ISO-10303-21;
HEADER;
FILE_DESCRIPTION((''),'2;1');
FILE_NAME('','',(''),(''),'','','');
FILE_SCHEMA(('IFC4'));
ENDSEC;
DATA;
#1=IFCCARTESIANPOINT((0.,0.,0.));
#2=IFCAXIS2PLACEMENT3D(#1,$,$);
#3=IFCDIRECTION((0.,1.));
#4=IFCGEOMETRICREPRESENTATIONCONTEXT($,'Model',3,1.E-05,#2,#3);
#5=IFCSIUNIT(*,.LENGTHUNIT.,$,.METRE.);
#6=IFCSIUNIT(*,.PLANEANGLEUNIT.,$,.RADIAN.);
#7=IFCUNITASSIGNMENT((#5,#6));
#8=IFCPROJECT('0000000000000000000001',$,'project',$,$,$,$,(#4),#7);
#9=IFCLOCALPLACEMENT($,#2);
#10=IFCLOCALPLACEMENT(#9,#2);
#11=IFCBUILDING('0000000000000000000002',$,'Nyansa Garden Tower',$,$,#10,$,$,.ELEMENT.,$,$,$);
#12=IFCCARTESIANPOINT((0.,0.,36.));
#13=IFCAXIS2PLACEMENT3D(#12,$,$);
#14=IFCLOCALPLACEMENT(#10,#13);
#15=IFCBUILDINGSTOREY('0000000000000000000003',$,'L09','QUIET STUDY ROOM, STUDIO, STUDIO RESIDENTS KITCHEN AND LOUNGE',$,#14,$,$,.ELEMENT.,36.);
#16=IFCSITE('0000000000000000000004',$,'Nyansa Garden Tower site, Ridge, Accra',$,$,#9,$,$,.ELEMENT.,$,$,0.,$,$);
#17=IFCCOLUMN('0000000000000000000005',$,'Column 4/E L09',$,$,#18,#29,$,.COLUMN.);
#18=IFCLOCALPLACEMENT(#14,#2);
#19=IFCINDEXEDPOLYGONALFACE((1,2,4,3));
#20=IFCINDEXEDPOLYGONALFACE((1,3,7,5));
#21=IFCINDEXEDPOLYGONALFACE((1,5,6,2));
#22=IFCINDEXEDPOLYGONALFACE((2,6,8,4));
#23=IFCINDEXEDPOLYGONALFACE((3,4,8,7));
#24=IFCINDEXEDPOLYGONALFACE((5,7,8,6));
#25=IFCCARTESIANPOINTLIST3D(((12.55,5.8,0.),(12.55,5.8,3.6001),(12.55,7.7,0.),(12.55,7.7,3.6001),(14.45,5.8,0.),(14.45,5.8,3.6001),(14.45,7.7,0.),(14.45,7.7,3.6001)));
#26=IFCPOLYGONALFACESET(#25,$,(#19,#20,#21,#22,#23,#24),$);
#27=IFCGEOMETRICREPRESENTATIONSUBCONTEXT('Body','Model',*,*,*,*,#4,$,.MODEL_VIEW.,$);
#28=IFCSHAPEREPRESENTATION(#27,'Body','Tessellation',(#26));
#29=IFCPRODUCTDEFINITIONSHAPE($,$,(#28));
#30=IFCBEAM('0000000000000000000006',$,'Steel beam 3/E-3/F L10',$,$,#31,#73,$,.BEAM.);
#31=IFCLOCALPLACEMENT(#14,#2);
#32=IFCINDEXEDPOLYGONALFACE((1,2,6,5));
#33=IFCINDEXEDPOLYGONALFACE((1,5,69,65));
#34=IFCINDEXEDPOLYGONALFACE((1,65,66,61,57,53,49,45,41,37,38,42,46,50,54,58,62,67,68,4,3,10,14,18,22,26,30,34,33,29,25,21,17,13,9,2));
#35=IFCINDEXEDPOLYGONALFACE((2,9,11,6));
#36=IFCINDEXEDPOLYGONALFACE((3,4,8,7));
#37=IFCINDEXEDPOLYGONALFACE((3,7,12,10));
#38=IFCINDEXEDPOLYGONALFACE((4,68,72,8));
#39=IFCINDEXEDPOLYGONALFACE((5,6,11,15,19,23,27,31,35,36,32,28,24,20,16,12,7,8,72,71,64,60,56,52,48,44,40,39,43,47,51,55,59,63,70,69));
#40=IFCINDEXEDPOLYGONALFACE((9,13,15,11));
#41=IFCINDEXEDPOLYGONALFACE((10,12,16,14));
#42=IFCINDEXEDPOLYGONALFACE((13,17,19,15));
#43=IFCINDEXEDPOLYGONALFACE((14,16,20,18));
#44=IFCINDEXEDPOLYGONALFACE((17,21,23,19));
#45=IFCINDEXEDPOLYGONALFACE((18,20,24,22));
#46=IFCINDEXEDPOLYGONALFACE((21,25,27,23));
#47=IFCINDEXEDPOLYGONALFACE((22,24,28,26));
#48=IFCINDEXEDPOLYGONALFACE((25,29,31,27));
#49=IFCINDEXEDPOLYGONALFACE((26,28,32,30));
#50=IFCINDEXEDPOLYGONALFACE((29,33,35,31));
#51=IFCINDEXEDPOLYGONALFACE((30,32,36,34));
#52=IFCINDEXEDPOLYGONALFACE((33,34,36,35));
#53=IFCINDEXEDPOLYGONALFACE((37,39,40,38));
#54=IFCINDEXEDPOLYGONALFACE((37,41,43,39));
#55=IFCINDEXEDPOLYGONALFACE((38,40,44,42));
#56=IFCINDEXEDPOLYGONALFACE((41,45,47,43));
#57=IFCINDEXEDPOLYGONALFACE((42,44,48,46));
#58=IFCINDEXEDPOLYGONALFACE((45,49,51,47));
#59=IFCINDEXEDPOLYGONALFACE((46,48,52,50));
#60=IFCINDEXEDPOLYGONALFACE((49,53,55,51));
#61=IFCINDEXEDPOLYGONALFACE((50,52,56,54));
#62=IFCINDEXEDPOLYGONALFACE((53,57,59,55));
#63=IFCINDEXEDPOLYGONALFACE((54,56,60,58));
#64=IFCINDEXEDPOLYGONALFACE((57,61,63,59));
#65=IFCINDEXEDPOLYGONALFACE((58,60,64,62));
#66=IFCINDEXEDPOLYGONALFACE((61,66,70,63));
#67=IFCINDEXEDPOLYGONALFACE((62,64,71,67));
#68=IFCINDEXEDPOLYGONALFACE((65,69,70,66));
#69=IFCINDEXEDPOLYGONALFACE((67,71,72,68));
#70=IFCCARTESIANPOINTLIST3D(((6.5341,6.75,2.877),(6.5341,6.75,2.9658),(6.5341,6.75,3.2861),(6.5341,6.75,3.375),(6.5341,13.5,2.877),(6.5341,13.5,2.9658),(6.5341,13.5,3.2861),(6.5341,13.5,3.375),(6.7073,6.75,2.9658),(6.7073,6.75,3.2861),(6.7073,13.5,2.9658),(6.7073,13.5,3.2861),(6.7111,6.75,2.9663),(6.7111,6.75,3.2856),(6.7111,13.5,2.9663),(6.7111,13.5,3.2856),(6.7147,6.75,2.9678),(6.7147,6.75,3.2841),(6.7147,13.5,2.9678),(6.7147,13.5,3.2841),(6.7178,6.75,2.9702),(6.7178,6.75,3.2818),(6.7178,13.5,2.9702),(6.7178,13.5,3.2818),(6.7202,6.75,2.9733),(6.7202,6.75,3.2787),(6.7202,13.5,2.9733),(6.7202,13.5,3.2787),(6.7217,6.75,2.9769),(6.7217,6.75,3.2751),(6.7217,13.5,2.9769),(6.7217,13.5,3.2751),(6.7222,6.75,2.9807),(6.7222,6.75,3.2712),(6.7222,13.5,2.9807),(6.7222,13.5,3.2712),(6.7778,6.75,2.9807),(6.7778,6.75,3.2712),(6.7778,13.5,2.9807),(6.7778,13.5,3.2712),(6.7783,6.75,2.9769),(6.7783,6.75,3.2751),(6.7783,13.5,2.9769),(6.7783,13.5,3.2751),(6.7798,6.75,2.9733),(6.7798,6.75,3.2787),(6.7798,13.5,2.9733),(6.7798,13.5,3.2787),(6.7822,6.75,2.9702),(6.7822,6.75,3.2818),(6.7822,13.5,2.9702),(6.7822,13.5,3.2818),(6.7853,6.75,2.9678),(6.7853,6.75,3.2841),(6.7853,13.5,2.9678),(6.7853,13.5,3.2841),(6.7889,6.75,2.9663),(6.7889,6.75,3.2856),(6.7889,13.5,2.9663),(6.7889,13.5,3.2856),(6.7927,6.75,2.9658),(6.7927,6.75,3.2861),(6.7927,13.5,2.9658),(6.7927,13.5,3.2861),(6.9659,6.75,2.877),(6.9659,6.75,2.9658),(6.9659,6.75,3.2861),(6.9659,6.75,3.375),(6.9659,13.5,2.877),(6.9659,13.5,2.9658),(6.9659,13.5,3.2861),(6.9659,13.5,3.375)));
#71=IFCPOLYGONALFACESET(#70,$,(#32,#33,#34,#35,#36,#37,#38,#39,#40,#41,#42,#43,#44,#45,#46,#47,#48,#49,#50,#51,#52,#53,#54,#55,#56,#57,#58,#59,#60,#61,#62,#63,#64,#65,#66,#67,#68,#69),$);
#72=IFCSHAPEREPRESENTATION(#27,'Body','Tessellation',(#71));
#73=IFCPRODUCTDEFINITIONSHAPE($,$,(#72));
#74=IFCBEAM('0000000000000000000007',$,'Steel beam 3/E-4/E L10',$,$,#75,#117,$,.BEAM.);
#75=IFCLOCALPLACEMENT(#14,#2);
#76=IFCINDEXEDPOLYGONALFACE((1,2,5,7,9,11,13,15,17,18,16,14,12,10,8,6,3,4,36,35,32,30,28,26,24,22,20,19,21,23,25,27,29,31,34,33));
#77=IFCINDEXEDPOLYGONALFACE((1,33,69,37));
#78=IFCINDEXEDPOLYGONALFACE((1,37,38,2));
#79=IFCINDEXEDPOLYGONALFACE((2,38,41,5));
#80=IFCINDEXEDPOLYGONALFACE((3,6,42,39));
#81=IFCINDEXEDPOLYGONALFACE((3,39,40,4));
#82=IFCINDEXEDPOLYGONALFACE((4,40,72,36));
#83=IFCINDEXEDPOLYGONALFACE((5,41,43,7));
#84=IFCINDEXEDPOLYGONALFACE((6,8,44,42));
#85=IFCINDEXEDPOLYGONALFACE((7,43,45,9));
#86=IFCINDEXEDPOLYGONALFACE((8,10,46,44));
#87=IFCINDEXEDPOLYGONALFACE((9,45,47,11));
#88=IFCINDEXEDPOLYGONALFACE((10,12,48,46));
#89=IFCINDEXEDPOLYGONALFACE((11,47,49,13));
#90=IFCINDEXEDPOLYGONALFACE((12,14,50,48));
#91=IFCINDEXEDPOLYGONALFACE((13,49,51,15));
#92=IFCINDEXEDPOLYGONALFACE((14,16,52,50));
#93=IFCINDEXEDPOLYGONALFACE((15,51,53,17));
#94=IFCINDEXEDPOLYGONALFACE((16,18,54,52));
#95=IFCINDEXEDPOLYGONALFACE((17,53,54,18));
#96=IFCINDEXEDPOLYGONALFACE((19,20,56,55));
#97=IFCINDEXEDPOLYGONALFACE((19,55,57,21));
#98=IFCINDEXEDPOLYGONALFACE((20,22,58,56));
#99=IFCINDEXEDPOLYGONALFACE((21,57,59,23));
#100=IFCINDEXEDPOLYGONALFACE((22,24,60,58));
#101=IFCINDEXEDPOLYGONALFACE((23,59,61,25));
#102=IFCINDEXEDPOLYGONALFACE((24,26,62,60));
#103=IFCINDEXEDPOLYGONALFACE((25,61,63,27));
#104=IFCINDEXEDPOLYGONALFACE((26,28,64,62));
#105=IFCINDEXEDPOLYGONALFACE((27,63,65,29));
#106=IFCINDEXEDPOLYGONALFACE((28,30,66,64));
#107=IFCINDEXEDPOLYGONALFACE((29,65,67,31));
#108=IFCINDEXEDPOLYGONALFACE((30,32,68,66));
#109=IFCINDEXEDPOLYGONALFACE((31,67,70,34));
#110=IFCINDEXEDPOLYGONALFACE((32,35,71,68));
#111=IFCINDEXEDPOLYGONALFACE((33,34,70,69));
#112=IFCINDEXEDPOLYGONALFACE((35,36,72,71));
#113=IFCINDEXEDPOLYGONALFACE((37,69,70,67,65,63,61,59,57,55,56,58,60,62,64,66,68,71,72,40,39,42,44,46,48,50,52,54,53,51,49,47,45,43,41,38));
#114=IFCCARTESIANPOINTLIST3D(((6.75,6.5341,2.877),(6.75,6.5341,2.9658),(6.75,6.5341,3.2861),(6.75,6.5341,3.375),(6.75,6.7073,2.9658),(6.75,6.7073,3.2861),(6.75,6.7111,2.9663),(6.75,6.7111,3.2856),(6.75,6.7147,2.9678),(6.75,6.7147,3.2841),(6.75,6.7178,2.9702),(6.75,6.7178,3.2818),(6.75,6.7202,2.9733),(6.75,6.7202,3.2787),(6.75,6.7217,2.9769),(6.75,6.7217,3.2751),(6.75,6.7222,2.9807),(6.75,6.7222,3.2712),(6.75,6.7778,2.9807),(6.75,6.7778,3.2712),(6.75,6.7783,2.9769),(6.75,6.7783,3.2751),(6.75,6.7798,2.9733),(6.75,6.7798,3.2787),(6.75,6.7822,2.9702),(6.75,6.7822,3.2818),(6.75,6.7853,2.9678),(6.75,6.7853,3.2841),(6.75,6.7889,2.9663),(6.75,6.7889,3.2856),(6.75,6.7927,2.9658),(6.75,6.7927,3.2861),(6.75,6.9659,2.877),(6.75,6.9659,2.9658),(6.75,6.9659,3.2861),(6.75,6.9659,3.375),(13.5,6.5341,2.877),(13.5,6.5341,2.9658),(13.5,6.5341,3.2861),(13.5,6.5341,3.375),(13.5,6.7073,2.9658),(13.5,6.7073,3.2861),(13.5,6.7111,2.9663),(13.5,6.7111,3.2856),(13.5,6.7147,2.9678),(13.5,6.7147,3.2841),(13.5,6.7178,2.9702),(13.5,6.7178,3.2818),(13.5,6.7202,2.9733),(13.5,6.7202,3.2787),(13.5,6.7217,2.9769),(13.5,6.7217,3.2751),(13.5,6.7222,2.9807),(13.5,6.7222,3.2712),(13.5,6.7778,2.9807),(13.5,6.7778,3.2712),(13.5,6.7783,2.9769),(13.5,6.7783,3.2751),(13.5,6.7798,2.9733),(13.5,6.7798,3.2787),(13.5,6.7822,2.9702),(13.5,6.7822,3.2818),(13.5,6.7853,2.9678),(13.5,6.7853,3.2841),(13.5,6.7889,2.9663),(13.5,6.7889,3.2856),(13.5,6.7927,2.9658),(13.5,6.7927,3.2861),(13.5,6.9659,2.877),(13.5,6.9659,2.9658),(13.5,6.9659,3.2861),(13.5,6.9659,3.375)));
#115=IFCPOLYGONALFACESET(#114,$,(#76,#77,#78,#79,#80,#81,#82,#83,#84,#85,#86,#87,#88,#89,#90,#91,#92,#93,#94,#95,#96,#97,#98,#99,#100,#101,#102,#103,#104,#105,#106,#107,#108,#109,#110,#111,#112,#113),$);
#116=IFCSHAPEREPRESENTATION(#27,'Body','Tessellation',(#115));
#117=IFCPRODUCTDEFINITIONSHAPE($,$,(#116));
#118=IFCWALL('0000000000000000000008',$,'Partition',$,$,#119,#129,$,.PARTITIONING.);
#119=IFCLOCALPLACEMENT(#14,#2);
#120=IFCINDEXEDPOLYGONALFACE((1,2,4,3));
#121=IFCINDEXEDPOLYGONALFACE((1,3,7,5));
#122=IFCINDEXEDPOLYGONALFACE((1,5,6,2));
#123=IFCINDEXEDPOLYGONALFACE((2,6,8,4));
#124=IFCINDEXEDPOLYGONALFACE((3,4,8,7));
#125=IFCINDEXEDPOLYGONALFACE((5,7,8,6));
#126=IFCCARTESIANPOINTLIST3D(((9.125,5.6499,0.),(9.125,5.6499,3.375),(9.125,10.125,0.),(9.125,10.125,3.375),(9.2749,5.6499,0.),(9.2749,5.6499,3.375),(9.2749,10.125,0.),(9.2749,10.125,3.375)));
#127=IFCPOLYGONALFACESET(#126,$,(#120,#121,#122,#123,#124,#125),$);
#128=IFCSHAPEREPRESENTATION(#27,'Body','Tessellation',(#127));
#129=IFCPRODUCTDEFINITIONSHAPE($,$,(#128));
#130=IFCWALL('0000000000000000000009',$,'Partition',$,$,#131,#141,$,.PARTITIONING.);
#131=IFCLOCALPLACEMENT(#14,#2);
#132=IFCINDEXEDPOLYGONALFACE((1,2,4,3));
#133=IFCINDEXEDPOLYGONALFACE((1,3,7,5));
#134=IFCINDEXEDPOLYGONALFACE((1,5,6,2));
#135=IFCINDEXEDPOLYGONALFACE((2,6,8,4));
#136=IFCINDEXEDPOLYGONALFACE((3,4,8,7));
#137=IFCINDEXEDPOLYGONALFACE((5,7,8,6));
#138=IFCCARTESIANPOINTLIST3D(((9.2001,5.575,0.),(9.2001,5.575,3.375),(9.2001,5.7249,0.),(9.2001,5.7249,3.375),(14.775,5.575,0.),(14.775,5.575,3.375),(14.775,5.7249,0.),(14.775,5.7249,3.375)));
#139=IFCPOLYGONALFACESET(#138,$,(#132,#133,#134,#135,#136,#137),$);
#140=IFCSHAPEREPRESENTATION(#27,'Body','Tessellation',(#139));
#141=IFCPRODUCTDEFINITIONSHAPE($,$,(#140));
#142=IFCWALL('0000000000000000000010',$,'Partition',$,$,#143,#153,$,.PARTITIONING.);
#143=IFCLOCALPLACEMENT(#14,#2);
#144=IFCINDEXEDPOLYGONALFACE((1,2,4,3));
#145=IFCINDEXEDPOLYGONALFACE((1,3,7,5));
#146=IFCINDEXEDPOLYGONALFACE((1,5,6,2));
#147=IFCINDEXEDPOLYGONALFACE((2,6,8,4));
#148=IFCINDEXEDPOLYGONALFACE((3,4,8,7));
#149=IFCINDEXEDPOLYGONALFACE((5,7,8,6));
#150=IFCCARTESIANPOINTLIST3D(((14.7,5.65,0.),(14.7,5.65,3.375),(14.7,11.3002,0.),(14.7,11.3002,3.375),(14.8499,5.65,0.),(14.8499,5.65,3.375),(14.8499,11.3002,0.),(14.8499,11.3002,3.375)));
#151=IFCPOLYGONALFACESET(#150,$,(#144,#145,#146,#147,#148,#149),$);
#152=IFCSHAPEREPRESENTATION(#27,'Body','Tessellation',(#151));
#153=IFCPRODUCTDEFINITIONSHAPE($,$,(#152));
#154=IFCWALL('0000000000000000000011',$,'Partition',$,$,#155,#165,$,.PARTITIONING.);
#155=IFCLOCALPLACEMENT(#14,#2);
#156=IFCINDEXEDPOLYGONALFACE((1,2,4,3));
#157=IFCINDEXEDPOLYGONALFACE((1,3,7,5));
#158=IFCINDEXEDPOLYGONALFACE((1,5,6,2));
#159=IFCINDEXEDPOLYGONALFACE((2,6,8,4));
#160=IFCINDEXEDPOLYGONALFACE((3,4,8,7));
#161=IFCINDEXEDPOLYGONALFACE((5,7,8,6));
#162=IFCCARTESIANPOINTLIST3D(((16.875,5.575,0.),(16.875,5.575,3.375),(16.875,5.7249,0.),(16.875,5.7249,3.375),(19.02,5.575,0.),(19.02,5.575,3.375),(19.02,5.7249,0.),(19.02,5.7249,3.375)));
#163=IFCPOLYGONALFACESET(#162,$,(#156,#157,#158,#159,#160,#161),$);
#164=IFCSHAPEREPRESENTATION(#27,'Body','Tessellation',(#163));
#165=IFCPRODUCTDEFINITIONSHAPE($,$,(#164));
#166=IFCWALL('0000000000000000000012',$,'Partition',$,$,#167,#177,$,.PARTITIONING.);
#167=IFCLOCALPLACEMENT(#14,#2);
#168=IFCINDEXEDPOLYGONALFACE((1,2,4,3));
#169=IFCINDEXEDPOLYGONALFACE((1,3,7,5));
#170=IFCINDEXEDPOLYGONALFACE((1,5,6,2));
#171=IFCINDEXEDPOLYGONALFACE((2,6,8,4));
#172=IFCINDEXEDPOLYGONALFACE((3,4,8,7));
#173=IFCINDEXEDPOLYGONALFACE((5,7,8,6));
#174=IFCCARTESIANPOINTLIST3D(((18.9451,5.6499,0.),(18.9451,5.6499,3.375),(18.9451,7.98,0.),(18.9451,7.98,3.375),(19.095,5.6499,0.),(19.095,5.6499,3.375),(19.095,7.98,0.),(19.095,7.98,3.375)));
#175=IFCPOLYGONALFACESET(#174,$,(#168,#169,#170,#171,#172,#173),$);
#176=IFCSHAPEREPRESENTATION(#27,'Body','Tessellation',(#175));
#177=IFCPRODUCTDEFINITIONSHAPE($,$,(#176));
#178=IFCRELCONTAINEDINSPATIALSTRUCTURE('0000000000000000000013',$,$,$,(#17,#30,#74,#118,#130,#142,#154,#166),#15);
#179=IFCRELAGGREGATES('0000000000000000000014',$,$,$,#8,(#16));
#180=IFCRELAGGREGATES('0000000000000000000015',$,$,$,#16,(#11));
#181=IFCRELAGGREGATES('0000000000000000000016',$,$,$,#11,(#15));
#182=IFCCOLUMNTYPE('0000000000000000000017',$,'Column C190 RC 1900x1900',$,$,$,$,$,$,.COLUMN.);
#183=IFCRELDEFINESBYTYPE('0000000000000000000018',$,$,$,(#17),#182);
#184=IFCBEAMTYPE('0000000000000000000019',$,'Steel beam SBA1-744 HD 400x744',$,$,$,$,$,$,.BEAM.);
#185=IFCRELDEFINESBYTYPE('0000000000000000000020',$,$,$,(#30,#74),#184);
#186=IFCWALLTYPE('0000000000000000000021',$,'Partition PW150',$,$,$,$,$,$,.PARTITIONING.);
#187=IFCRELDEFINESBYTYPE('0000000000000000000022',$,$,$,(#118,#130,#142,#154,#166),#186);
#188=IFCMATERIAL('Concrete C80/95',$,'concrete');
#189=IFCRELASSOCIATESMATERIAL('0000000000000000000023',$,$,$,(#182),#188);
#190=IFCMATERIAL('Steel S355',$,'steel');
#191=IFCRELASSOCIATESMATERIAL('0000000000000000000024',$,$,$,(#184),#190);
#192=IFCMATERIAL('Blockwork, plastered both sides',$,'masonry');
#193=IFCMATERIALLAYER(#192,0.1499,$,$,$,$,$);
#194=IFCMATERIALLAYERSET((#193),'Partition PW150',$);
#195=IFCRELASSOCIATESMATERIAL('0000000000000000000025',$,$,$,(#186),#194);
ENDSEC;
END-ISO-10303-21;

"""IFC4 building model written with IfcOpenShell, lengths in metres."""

from ifc_helpers import new_model, si_unit, direction, frame, frame_2d, origin, origin_2d, place, context, subcontext, project, spatial, rectangle, i_section, extrude, material, layer, layer_set, material_profile, profile_set, type_object, element, save


model = new_model("IFC4")

# Units and contexts
model_context = context("Model", 3, precision=1e-05, world=origin(), true_north=direction((0.0, 1.0)))
body_context = subcontext(model_context, "Body", "Model", "MODEL_VIEW")
ifc_project = project(units=[si_unit("LENGTHUNIT", "METRE"), si_unit("PLANEANGLEUNIT", "RADIAN")], contexts=[model_context])

# Site, building, storey
site_placement = place(None, origin())
site = spatial("IfcSite", under=ifc_project, at=site_placement, Name="Nyansa Garden Tower site, Ridge, Accra", CompositionType="ELEMENT", RefElevation=0.0)
building_placement = place(site_placement, origin())
building = spatial("IfcBuilding", under=site, at=building_placement, Name="Nyansa Garden Tower", CompositionType="ELEMENT")
storey_placement = place(building_placement, frame((0.0, 0.0, 36.0)))
storey = spatial("IfcBuildingStorey", under=building, at=storey_placement, Name="L09", Description="QUIET STUDY ROOM, STUDIO, STUDIO RESIDENTS KITCHEN AND LOUNGE", CompositionType="ELEMENT", Elevation=36.0)

# Column
ifc_material_1 = material(Name="Concrete C80/95", Category="concrete")
ifc_material_profile_1 = material_profile(ifc_material_1, rectangle(XDim=1.8999, YDim=1.8999, at=origin_2d()), Name="RC 1900x1900")
ifc_profile_set_1 = profile_set([ifc_material_profile_1], Name="Concrete C80/95")
column_type = type_object("IfcColumnType", Name="Column C190 RC 1900x1900", PredefinedType="COLUMN", material=ifc_profile_set_1)
column_placement = place(storey_placement, frame((13.5, 6.75, 0.0), z_axis=(0.0, 0.0, 1.0), x_axis=(1.0, 0.0, 0.0)))
element("IfcColumn", 1, at=column_placement, inside=storey, type_object=column_type, Name="Column 4/E L09", PredefinedType="COLUMN", context=body_context, shape_type="SweptSolid", body=[
    extrude(rectangle(XDim=1.8999, YDim=1.8999, at=origin_2d()), origin(), (0.0, 0.0, 1.0), 3.6001),
])

# Beams
ifc_material_2 = material(Name="Steel S355", Category="steel")
ifc_material_profile_2 = material_profile(ifc_material_2, i_section(OverallWidth=0.4319, OverallDepth=0.498, WebThickness=0.0557, FlangeThickness=0.0889, FilletRadius=0.0149, at=origin_2d()), Name="HD 400x744")
ifc_profile_set_2 = profile_set([ifc_material_profile_2], Name="Steel S355")
beam_type = type_object("IfcBeamType", Name="Steel beam SBA1-744 HD 400x744", PredefinedType="BEAM", material=ifc_profile_set_2)
for number, where, z_axis, x_axis, name in (
    (2, (6.75, 6.75, 3.126), (0.0, 1.0, 0.0), (-1.0, 0.0, 0.0), "Steel beam 3/E-3/F L10"),
    (3, (6.75, 6.75, 3.126), (1.0, 0.0, 0.0), (0.0, 1.0, 0.0), "Steel beam 3/E-4/E L10"),
):
    element("IfcBeam", number, at=place(storey_placement, frame(where, z_axis=z_axis, x_axis=x_axis)), inside=storey, type_object=beam_type, Name=name, PredefinedType="BEAM", context=body_context, shape_type="SweptSolid", body=[
        extrude(i_section(OverallWidth=0.4319, OverallDepth=0.498, WebThickness=0.0557, FlangeThickness=0.0889, FilletRadius=0.0149, at=origin_2d()), origin(), (0.0, 0.0, 1.0), 6.75),
    ])

# Walls
ifc_material_3 = material(Name="Blockwork, plastered both sides", Category="masonry")
ifc_layer_1 = layer(ifc_material_3, 0.1499)
ifc_layer_set_1 = layer_set([ifc_layer_1], Name="Partition PW150")
wall_type_1 = type_object("IfcWallType", Name="Partition PW150", PredefinedType="PARTITIONING", material=ifc_layer_set_1)
wall_1_placement = place(storey_placement, frame((9.2, 5.6499, 0.0), z_axis=(0.0, 0.0, 1.0), x_axis=(0.0, 1.0, 0.0)))
element("IfcWall", 4, at=wall_1_placement, inside=storey, type_object=wall_type_1, Name="Partition", PredefinedType="PARTITIONING", context=body_context, shape_type="SweptSolid", body=[
    extrude(rectangle(XDim=4.4751, YDim=0.1499, at=frame_2d((2.2375, 0.0))), origin(), (0.0, 0.0, 1.0), 3.375),
])
wall_2_placement = place(storey_placement, frame((9.2, 5.6499, 0.0), z_axis=(0.0, 0.0, 1.0), x_axis=(1.0, 0.0, 0.0)))
element("IfcWall", 5, at=wall_2_placement, inside=storey, type_object=wall_type_1, Name="Partition", PredefinedType="PARTITIONING", context=body_context, shape_type="SweptSolid", body=[
    extrude(rectangle(XDim=5.575, YDim=0.1499, at=frame_2d((2.7876, 0.0))), origin(), (0.0, 0.0, 1.0), 3.375),
])
wall_3_placement = place(storey_placement, frame((14.7749, 5.6499, 0.0), z_axis=(0.0, 0.0, 1.0), x_axis=(0.0, 1.0, 0.0)))
element("IfcWall", 6, at=wall_3_placement, inside=storey, type_object=wall_type_1, Name="Partition", PredefinedType="PARTITIONING", context=body_context, shape_type="SweptSolid", body=[
    extrude(rectangle(XDim=5.6501, YDim=0.1499, at=frame_2d((2.8252, 0.0))), origin(), (0.0, 0.0, 1.0), 3.375),
])
wall_4_placement = place(storey_placement, frame((16.875, 5.6499, 0.0), z_axis=(0.0, 0.0, 1.0), x_axis=(1.0, 0.0, 0.0)))
element("IfcWall", 7, at=wall_4_placement, inside=storey, type_object=wall_type_1, Name="Partition", PredefinedType="PARTITIONING", context=body_context, shape_type="SweptSolid", body=[
    extrude(rectangle(XDim=2.145, YDim=0.1499, at=frame_2d((1.0725, 0.0))), origin(), (0.0, 0.0, 1.0), 3.375),
])
wall_5_placement = place(storey_placement, frame((19.02, 5.6499, 0.0), z_axis=(0.0, 0.0, 1.0), x_axis=(0.0, 1.0, 0.0)))
element("IfcWall", 8, at=wall_5_placement, inside=storey, type_object=wall_type_1, Name="Partition", PredefinedType="PARTITIONING", context=body_context, shape_type="SweptSolid", body=[
    extrude(rectangle(XDim=2.3301, YDim=0.1499, at=frame_2d((1.165, 0.0))), origin(), (0.0, 0.0, 1.0), 3.375),
])

save(model, "model.ifc")
